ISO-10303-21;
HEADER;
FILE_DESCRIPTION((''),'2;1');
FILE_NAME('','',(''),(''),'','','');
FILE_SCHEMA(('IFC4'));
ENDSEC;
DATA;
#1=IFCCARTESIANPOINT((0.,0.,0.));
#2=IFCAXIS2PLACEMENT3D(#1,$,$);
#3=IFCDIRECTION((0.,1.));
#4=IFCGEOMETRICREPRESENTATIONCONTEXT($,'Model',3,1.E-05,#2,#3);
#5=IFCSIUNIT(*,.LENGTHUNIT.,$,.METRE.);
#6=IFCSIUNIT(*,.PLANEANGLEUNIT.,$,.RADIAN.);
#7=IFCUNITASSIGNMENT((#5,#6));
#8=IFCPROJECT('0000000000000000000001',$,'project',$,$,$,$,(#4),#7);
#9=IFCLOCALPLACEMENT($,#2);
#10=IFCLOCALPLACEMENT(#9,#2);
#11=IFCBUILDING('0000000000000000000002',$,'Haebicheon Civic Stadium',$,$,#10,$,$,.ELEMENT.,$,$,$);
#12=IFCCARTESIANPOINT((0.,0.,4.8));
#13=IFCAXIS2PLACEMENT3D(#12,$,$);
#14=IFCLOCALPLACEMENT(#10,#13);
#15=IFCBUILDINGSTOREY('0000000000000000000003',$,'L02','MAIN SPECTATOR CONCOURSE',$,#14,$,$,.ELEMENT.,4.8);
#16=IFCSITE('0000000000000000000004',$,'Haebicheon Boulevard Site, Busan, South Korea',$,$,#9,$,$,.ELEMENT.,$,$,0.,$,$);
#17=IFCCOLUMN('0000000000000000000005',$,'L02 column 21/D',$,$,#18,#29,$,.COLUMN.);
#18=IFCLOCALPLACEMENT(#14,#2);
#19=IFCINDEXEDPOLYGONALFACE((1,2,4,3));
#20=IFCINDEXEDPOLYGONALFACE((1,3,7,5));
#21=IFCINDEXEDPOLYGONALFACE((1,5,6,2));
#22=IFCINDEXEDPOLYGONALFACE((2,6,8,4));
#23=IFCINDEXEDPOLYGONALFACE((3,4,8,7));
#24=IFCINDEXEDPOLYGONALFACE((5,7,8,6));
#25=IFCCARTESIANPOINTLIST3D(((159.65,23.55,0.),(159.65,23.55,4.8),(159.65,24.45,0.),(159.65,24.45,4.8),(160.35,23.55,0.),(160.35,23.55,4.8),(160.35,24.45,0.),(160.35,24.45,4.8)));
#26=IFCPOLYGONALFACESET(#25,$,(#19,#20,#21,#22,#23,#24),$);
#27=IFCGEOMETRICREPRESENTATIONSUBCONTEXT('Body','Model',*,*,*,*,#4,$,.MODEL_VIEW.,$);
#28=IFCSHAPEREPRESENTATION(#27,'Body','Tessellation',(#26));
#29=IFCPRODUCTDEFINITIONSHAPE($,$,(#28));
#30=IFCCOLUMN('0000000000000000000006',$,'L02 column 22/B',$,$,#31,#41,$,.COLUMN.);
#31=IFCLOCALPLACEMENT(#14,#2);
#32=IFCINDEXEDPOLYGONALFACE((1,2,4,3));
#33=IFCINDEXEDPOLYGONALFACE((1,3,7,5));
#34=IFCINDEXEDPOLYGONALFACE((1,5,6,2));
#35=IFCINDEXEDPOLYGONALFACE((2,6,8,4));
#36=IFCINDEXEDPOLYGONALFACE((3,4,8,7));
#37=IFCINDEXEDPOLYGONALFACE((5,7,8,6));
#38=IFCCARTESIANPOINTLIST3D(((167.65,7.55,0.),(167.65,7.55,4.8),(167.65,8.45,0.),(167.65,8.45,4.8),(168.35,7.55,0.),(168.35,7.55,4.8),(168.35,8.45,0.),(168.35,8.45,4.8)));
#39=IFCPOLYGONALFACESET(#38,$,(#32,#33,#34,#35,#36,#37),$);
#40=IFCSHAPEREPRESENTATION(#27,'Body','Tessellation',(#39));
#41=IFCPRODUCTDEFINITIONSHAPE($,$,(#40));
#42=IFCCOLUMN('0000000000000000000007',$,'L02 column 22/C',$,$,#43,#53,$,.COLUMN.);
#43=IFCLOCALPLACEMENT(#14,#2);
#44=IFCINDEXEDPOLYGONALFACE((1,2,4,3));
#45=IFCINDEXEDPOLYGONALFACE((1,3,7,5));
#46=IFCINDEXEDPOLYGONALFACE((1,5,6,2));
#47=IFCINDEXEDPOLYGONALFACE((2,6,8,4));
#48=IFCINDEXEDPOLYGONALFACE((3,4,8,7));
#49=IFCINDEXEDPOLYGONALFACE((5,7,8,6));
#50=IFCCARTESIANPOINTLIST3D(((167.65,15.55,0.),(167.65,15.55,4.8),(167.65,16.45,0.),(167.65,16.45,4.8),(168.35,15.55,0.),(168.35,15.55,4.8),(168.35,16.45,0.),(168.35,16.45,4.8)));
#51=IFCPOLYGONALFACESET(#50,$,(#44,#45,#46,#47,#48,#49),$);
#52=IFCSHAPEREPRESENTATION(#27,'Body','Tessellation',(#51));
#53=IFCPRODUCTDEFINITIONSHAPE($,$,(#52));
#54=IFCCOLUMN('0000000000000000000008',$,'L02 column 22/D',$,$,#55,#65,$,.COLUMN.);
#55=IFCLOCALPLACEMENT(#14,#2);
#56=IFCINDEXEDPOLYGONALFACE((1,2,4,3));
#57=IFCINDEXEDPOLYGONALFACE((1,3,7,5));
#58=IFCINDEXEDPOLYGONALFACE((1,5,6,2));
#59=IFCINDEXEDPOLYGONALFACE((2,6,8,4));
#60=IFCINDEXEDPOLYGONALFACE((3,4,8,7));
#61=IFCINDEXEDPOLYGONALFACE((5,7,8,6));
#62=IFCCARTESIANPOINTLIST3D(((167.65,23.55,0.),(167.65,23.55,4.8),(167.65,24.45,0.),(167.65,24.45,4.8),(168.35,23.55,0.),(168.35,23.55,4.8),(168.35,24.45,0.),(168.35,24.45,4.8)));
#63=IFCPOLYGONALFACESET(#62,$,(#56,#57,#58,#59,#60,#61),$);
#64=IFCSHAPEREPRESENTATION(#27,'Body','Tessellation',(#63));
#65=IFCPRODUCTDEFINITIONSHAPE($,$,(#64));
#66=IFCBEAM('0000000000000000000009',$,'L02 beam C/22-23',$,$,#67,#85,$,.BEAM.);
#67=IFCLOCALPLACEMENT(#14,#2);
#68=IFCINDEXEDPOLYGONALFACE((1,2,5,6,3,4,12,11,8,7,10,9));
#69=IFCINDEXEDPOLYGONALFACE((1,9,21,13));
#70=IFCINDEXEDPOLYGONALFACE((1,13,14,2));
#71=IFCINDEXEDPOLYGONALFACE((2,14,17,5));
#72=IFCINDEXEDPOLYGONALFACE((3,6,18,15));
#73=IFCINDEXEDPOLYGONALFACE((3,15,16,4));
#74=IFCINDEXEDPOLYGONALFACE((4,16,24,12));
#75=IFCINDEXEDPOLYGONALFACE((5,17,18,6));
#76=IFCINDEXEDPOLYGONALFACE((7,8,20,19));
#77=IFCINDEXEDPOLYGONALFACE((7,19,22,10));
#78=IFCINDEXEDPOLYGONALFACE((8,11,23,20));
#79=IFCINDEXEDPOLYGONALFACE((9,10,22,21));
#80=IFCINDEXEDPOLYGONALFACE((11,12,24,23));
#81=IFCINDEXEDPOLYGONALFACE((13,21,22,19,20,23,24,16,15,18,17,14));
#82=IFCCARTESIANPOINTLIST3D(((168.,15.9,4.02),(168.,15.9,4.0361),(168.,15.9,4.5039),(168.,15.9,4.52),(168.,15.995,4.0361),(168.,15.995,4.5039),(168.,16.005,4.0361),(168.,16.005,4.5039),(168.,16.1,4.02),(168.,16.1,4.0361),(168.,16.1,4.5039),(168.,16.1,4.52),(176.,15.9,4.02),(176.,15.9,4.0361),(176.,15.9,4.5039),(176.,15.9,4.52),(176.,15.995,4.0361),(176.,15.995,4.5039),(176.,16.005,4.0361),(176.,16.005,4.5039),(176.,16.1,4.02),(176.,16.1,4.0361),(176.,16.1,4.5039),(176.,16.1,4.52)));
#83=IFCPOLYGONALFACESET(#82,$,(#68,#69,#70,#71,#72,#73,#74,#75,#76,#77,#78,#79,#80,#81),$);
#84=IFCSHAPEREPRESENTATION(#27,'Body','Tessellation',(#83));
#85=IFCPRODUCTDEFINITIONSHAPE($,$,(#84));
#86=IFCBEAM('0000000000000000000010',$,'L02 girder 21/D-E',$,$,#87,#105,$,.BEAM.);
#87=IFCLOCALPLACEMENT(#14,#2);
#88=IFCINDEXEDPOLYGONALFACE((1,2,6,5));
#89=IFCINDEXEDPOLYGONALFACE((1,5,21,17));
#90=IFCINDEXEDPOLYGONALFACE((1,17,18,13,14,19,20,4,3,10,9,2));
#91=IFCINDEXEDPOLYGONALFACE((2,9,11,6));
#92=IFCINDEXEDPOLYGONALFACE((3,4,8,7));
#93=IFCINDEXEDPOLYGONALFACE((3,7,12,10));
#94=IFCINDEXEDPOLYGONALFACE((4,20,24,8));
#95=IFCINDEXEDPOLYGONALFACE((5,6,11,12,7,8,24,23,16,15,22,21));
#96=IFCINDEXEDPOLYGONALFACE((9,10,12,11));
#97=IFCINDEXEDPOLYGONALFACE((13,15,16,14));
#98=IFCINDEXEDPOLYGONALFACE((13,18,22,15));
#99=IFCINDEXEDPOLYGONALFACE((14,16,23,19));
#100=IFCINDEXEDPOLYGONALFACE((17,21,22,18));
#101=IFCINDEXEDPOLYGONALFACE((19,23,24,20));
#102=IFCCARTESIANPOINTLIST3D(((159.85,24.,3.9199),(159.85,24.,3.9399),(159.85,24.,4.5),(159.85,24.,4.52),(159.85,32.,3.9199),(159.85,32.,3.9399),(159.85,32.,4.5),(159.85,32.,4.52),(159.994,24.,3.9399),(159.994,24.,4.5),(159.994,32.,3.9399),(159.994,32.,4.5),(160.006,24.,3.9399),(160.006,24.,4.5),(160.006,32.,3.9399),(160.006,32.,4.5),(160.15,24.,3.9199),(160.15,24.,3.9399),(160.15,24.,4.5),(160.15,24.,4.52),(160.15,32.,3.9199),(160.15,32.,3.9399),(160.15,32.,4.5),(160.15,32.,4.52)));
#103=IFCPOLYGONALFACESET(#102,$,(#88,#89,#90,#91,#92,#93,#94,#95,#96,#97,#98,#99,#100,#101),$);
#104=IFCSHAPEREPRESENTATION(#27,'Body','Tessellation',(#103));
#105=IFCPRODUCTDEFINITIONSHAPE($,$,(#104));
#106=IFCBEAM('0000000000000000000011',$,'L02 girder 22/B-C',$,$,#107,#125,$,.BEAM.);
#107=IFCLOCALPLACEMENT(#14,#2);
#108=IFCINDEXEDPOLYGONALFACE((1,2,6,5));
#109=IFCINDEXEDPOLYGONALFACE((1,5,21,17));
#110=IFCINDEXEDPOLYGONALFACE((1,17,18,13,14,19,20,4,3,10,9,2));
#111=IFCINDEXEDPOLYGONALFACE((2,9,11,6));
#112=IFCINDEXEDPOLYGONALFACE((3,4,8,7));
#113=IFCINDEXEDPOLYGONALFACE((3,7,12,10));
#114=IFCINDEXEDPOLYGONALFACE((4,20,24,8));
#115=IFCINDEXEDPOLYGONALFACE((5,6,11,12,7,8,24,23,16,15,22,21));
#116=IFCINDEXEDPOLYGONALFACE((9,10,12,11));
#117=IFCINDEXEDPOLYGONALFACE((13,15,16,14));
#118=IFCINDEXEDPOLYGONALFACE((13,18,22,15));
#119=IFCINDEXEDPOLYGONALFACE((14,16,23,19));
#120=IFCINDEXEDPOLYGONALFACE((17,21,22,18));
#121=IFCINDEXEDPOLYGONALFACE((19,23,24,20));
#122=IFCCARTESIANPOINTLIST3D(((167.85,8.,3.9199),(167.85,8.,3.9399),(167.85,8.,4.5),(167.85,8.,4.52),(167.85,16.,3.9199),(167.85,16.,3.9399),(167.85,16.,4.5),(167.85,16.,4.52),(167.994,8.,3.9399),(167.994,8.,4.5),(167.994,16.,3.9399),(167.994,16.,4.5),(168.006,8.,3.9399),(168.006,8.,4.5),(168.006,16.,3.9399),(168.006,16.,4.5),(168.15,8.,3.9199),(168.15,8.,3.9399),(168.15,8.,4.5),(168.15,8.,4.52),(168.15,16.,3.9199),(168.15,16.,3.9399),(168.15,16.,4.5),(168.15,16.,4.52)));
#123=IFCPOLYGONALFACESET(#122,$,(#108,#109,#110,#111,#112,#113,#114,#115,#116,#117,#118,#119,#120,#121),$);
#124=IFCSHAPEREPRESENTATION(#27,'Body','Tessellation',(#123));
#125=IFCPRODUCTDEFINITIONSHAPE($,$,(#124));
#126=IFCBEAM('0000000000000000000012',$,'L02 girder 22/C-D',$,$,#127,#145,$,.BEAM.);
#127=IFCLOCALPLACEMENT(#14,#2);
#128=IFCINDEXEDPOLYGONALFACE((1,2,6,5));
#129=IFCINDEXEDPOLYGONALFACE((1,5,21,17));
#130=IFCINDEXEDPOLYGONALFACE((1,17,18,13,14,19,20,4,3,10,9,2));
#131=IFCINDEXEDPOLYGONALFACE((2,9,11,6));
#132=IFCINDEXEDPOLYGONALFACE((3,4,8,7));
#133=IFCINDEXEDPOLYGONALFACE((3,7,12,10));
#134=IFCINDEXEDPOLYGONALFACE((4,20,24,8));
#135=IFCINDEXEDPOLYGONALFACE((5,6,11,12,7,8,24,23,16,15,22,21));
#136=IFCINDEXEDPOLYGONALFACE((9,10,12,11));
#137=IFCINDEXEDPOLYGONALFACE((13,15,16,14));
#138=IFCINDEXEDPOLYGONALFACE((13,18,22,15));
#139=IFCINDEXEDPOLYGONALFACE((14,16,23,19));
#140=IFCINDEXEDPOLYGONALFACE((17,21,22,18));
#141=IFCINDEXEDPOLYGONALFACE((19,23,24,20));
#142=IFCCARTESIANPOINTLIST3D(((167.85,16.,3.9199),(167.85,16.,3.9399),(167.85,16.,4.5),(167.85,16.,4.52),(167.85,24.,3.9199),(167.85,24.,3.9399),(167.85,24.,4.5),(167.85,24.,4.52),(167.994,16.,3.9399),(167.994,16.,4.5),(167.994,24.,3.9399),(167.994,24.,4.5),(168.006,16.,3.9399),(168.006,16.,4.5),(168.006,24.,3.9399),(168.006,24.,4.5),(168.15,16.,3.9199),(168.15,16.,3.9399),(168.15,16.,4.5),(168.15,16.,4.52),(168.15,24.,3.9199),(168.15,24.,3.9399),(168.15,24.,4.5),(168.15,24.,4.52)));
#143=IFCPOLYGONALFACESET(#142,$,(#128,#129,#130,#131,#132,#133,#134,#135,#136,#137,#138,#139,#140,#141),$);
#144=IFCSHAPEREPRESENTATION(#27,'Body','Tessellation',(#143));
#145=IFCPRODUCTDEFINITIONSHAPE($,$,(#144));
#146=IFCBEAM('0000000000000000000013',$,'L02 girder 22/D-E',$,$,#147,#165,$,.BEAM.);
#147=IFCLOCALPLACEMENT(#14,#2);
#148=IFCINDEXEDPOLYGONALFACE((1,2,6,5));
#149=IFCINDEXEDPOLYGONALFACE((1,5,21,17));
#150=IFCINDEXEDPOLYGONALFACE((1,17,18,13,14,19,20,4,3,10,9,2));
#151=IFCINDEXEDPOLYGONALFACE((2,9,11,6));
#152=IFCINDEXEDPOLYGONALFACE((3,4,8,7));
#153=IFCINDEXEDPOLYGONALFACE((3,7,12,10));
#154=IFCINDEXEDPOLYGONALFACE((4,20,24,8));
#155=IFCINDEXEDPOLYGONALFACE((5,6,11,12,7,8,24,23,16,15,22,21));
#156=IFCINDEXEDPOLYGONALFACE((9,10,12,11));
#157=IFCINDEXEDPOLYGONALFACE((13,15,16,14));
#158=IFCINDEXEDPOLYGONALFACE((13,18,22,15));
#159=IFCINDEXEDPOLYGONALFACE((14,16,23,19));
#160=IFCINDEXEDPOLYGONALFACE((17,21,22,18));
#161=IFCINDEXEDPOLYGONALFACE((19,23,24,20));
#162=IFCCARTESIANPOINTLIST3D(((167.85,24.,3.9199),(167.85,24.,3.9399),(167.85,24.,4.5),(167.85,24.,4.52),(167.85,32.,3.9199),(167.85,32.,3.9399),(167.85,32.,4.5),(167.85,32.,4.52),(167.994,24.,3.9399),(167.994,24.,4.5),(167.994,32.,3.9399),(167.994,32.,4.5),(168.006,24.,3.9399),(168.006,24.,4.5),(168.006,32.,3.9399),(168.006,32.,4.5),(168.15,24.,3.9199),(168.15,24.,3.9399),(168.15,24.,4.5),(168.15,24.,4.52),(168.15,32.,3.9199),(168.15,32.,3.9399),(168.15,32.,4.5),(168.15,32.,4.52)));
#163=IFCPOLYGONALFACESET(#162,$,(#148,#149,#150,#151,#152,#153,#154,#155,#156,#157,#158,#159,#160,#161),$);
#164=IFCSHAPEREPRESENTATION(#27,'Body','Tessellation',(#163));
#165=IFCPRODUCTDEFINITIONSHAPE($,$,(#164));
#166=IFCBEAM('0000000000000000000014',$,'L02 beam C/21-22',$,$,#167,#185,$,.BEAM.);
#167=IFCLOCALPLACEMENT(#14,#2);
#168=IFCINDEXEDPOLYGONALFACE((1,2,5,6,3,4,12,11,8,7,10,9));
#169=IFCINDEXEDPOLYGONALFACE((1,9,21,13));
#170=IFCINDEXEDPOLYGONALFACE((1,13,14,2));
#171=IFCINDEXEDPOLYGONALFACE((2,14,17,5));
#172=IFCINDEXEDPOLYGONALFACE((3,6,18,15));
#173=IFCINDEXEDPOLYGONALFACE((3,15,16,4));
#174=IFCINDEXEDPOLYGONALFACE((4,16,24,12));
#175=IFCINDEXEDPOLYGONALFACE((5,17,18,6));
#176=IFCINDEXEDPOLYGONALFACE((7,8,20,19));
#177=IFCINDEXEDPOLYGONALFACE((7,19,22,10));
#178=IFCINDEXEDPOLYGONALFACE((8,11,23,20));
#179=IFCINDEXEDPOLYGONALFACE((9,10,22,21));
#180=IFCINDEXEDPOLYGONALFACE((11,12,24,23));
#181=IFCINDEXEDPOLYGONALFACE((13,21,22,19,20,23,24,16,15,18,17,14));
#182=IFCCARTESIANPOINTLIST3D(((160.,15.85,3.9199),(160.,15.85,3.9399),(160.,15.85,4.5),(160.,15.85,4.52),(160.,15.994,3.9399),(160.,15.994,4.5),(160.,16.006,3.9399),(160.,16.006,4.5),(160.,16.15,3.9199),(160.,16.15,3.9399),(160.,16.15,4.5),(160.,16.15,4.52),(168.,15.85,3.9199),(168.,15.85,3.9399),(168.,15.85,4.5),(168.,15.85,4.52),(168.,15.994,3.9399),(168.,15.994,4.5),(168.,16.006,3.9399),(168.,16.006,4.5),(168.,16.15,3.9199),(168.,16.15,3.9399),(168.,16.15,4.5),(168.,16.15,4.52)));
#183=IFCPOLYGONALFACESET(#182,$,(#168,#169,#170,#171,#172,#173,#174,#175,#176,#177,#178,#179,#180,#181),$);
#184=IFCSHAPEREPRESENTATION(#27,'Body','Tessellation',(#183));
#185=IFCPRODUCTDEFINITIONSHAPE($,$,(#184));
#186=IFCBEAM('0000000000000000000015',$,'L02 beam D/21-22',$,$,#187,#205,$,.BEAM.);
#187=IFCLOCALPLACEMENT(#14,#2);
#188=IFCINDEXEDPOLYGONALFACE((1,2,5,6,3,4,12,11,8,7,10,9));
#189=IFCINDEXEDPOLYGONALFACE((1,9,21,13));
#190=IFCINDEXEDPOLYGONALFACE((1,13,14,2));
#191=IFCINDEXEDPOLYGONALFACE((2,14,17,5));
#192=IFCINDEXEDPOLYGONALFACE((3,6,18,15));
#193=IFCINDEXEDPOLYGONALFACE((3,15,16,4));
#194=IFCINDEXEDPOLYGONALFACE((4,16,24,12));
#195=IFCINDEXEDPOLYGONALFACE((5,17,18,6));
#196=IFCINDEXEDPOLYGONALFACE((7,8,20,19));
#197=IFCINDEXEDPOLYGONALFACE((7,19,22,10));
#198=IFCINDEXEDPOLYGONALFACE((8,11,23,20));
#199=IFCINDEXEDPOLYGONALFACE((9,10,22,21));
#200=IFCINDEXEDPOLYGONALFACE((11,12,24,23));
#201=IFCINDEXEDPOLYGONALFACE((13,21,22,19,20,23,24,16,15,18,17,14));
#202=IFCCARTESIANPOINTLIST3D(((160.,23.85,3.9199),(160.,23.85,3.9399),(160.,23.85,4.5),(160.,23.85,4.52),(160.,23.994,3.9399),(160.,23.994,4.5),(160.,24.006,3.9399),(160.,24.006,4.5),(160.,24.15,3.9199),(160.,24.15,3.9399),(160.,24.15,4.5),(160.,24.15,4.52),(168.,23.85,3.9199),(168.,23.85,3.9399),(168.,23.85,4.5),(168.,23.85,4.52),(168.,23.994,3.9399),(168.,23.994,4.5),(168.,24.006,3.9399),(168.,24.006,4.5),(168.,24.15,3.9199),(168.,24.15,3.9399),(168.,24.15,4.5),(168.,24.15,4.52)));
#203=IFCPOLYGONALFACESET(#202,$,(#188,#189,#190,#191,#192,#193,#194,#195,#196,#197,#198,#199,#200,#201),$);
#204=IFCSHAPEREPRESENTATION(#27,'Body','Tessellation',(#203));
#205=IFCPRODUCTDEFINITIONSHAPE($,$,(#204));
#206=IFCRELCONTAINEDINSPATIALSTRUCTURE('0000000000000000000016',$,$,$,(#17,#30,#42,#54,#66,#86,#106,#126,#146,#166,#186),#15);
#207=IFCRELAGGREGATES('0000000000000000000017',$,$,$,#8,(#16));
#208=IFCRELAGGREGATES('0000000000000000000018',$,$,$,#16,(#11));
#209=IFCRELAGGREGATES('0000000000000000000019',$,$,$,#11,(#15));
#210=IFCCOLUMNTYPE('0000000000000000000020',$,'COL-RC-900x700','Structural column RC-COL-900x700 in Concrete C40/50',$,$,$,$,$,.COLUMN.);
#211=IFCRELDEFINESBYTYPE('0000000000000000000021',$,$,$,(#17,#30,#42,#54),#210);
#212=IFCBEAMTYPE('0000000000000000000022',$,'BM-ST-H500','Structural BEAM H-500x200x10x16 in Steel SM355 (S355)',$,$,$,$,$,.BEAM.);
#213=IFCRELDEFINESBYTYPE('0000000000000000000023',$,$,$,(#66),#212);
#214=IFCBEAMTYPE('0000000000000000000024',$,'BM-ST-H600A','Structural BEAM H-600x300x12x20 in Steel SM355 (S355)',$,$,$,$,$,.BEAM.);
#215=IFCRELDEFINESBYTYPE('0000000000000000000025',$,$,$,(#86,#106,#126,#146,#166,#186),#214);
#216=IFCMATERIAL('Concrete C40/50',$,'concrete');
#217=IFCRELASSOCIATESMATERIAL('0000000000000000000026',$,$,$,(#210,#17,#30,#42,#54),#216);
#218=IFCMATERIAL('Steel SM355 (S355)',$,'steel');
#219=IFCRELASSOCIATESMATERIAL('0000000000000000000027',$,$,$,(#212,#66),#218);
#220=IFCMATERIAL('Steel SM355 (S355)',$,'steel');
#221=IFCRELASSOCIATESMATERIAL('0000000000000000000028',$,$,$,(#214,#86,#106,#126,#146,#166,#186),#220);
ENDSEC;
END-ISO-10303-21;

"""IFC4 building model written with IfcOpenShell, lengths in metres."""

from ifc_helpers import new_model, si_unit, direction, frame, origin, origin_2d, place, context, subcontext, project, spatial, rectangle, i_section, extrude, material, material_profile, profile_set, type_object, element, save


model = new_model("IFC4")

# Units and contexts
model_context = context("Model", 3, precision=1e-05, world=origin(), true_north=direction((0.0, 1.0)))
body_context = subcontext(model_context, "Body", "Model", "MODEL_VIEW")
ifc_project = project(units=[si_unit("LENGTHUNIT", "METRE"), si_unit("PLANEANGLEUNIT", "RADIAN")], contexts=[model_context])

# Site, building, storey
site_placement = place(None, origin())
site = spatial("IfcSite", under=ifc_project, at=site_placement, Name="Haebicheon Boulevard Site, Busan, South Korea", CompositionType="ELEMENT", RefElevation=0.0)
building_placement = place(site_placement, origin())
building = spatial("IfcBuilding", under=site, at=building_placement, Name="Haebicheon Civic Stadium", CompositionType="ELEMENT")
storey_placement = place(building_placement, frame((0.0, 0.0, 4.8)))
storey = spatial("IfcBuildingStorey", under=building, at=storey_placement, Name="L02", Description="MAIN SPECTATOR CONCOURSE", CompositionType="ELEMENT", Elevation=4.8)

# Columns
ifc_material_1 = material(Name="Concrete C40/50", Category="concrete")
ifc_material_profile_1 = material_profile(ifc_material_1, rectangle(XDim=0.7, YDim=0.8999, at=origin_2d()), Name="RC-COL-900x700")
ifc_profile_set_1 = profile_set([ifc_material_profile_1], Name="Concrete C40/50")
column_type = type_object("IfcColumnType", Name="COL-RC-900x700", Description="Structural column RC-COL-900x700 in Concrete C40/50", PredefinedType="COLUMN", material=ifc_profile_set_1)
for number, where, z_axis, x_axis, name in (
    (1, (160.0, 24.0, 0.0), (0.0, 0.0, 1.0), (1.0, 0.0, 0.0), "L02 column 21/D"),
    (2, (168.0, 8.0, 0.0), (0.0, 0.0, 1.0), (1.0, 0.0, 0.0), "L02 column 22/B"),
    (3, (168.0, 16.0, 0.0), (0.0, 0.0, 1.0), (1.0, 0.0, 0.0), "L02 column 22/C"),
    (4, (168.0, 24.0, 0.0), (0.0, 0.0, 1.0), (1.0, 0.0, 0.0), "L02 column 22/D"),
):
    element("IfcColumn", number, at=place(storey_placement, frame(where, z_axis=z_axis, x_axis=x_axis)), inside=storey, type_object=column_type, material=ifc_profile_set_1, Name=name, PredefinedType="COLUMN", context=body_context, shape_type="SweptSolid", body=[
        extrude(rectangle(XDim=0.7, YDim=0.8999, at=origin_2d()), origin(), (0.0, 0.0, 1.0), 4.8),
    ])

# Beams
ifc_material_2 = material(Name="Steel SM355 (S355)", Category="steel")
ifc_material_profile_2 = material_profile(ifc_material_2, i_section(OverallWidth=0.2, OverallDepth=0.5, WebThickness=0.01, FlangeThickness=0.0161, at=origin_2d()), Name="H-500x200x10x16")
ifc_profile_set_2 = profile_set([ifc_material_profile_2], Name="Steel SM355 (S355)")
beam_type_1 = type_object("IfcBeamType", Name="BM-ST-H500", Description="Structural BEAM H-500x200x10x16 in Steel SM355 (S355)", PredefinedType="BEAM", material=ifc_profile_set_2)
beam_1_placement = place(storey_placement, frame((168.0, 16.0, 4.27), z_axis=(1.0, 0.0, 0.0), x_axis=(0.0, 1.0, 0.0)))
element("IfcBeam", 5, at=beam_1_placement, inside=storey, type_object=beam_type_1, material=ifc_profile_set_2, Name="L02 beam C/22-23", PredefinedType="BEAM", context=body_context, shape_type="SweptSolid", body=[
    extrude(i_section(OverallWidth=0.2, OverallDepth=0.5, WebThickness=0.01, FlangeThickness=0.0161, at=origin_2d()), origin(), (0.0, 0.0, 1.0), 8.0),
])
ifc_material_3 = material(Name="Steel SM355 (S355)", Category="steel")
ifc_material_profile_3 = material_profile(ifc_material_3, i_section(OverallWidth=0.3, OverallDepth=0.6001, WebThickness=0.012, FlangeThickness=0.02, at=origin_2d()), Name="H-600x300x12x20")
ifc_profile_set_3 = profile_set([ifc_material_profile_3], Name="Steel SM355 (S355)")
beam_type_2 = type_object("IfcBeamType", Name="BM-ST-H600A", Description="Structural BEAM H-600x300x12x20 in Steel SM355 (S355)", PredefinedType="BEAM", material=ifc_profile_set_3)
for number, where, z_axis, x_axis, name in (
    (6, (160.0, 24.0, 4.22), (0.0, 1.0, 0.0), (-1.0, 0.0, 0.0), "L02 girder 21/D-E"),
    (7, (168.0, 8.0, 4.22), (0.0, 1.0, 0.0), (-1.0, 0.0, 0.0), "L02 girder 22/B-C"),
    (8, (168.0, 16.0, 4.22), (0.0, 1.0, 0.0), (-1.0, 0.0, 0.0), "L02 girder 22/C-D"),
    (9, (168.0, 24.0, 4.22), (0.0, 1.0, 0.0), (-1.0, 0.0, 0.0), "L02 girder 22/D-E"),
    (10, (160.0, 16.0, 4.22), (1.0, 0.0, 0.0), (0.0, 1.0, 0.0), "L02 beam C/21-22"),
    (11, (160.0, 24.0, 4.22), (1.0, 0.0, 0.0), (0.0, 1.0, 0.0), "L02 beam D/21-22"),
):
    element("IfcBeam", number, at=place(storey_placement, frame(where, z_axis=z_axis, x_axis=x_axis)), inside=storey, type_object=beam_type_2, material=ifc_profile_set_3, Name=name, PredefinedType="BEAM", context=body_context, shape_type="SweptSolid", body=[
        extrude(i_section(OverallWidth=0.3, OverallDepth=0.6001, WebThickness=0.012, FlangeThickness=0.02, at=origin_2d()), origin(), (0.0, 0.0, 1.0), 8.0),
    ])

save(model, "model.ifc")
